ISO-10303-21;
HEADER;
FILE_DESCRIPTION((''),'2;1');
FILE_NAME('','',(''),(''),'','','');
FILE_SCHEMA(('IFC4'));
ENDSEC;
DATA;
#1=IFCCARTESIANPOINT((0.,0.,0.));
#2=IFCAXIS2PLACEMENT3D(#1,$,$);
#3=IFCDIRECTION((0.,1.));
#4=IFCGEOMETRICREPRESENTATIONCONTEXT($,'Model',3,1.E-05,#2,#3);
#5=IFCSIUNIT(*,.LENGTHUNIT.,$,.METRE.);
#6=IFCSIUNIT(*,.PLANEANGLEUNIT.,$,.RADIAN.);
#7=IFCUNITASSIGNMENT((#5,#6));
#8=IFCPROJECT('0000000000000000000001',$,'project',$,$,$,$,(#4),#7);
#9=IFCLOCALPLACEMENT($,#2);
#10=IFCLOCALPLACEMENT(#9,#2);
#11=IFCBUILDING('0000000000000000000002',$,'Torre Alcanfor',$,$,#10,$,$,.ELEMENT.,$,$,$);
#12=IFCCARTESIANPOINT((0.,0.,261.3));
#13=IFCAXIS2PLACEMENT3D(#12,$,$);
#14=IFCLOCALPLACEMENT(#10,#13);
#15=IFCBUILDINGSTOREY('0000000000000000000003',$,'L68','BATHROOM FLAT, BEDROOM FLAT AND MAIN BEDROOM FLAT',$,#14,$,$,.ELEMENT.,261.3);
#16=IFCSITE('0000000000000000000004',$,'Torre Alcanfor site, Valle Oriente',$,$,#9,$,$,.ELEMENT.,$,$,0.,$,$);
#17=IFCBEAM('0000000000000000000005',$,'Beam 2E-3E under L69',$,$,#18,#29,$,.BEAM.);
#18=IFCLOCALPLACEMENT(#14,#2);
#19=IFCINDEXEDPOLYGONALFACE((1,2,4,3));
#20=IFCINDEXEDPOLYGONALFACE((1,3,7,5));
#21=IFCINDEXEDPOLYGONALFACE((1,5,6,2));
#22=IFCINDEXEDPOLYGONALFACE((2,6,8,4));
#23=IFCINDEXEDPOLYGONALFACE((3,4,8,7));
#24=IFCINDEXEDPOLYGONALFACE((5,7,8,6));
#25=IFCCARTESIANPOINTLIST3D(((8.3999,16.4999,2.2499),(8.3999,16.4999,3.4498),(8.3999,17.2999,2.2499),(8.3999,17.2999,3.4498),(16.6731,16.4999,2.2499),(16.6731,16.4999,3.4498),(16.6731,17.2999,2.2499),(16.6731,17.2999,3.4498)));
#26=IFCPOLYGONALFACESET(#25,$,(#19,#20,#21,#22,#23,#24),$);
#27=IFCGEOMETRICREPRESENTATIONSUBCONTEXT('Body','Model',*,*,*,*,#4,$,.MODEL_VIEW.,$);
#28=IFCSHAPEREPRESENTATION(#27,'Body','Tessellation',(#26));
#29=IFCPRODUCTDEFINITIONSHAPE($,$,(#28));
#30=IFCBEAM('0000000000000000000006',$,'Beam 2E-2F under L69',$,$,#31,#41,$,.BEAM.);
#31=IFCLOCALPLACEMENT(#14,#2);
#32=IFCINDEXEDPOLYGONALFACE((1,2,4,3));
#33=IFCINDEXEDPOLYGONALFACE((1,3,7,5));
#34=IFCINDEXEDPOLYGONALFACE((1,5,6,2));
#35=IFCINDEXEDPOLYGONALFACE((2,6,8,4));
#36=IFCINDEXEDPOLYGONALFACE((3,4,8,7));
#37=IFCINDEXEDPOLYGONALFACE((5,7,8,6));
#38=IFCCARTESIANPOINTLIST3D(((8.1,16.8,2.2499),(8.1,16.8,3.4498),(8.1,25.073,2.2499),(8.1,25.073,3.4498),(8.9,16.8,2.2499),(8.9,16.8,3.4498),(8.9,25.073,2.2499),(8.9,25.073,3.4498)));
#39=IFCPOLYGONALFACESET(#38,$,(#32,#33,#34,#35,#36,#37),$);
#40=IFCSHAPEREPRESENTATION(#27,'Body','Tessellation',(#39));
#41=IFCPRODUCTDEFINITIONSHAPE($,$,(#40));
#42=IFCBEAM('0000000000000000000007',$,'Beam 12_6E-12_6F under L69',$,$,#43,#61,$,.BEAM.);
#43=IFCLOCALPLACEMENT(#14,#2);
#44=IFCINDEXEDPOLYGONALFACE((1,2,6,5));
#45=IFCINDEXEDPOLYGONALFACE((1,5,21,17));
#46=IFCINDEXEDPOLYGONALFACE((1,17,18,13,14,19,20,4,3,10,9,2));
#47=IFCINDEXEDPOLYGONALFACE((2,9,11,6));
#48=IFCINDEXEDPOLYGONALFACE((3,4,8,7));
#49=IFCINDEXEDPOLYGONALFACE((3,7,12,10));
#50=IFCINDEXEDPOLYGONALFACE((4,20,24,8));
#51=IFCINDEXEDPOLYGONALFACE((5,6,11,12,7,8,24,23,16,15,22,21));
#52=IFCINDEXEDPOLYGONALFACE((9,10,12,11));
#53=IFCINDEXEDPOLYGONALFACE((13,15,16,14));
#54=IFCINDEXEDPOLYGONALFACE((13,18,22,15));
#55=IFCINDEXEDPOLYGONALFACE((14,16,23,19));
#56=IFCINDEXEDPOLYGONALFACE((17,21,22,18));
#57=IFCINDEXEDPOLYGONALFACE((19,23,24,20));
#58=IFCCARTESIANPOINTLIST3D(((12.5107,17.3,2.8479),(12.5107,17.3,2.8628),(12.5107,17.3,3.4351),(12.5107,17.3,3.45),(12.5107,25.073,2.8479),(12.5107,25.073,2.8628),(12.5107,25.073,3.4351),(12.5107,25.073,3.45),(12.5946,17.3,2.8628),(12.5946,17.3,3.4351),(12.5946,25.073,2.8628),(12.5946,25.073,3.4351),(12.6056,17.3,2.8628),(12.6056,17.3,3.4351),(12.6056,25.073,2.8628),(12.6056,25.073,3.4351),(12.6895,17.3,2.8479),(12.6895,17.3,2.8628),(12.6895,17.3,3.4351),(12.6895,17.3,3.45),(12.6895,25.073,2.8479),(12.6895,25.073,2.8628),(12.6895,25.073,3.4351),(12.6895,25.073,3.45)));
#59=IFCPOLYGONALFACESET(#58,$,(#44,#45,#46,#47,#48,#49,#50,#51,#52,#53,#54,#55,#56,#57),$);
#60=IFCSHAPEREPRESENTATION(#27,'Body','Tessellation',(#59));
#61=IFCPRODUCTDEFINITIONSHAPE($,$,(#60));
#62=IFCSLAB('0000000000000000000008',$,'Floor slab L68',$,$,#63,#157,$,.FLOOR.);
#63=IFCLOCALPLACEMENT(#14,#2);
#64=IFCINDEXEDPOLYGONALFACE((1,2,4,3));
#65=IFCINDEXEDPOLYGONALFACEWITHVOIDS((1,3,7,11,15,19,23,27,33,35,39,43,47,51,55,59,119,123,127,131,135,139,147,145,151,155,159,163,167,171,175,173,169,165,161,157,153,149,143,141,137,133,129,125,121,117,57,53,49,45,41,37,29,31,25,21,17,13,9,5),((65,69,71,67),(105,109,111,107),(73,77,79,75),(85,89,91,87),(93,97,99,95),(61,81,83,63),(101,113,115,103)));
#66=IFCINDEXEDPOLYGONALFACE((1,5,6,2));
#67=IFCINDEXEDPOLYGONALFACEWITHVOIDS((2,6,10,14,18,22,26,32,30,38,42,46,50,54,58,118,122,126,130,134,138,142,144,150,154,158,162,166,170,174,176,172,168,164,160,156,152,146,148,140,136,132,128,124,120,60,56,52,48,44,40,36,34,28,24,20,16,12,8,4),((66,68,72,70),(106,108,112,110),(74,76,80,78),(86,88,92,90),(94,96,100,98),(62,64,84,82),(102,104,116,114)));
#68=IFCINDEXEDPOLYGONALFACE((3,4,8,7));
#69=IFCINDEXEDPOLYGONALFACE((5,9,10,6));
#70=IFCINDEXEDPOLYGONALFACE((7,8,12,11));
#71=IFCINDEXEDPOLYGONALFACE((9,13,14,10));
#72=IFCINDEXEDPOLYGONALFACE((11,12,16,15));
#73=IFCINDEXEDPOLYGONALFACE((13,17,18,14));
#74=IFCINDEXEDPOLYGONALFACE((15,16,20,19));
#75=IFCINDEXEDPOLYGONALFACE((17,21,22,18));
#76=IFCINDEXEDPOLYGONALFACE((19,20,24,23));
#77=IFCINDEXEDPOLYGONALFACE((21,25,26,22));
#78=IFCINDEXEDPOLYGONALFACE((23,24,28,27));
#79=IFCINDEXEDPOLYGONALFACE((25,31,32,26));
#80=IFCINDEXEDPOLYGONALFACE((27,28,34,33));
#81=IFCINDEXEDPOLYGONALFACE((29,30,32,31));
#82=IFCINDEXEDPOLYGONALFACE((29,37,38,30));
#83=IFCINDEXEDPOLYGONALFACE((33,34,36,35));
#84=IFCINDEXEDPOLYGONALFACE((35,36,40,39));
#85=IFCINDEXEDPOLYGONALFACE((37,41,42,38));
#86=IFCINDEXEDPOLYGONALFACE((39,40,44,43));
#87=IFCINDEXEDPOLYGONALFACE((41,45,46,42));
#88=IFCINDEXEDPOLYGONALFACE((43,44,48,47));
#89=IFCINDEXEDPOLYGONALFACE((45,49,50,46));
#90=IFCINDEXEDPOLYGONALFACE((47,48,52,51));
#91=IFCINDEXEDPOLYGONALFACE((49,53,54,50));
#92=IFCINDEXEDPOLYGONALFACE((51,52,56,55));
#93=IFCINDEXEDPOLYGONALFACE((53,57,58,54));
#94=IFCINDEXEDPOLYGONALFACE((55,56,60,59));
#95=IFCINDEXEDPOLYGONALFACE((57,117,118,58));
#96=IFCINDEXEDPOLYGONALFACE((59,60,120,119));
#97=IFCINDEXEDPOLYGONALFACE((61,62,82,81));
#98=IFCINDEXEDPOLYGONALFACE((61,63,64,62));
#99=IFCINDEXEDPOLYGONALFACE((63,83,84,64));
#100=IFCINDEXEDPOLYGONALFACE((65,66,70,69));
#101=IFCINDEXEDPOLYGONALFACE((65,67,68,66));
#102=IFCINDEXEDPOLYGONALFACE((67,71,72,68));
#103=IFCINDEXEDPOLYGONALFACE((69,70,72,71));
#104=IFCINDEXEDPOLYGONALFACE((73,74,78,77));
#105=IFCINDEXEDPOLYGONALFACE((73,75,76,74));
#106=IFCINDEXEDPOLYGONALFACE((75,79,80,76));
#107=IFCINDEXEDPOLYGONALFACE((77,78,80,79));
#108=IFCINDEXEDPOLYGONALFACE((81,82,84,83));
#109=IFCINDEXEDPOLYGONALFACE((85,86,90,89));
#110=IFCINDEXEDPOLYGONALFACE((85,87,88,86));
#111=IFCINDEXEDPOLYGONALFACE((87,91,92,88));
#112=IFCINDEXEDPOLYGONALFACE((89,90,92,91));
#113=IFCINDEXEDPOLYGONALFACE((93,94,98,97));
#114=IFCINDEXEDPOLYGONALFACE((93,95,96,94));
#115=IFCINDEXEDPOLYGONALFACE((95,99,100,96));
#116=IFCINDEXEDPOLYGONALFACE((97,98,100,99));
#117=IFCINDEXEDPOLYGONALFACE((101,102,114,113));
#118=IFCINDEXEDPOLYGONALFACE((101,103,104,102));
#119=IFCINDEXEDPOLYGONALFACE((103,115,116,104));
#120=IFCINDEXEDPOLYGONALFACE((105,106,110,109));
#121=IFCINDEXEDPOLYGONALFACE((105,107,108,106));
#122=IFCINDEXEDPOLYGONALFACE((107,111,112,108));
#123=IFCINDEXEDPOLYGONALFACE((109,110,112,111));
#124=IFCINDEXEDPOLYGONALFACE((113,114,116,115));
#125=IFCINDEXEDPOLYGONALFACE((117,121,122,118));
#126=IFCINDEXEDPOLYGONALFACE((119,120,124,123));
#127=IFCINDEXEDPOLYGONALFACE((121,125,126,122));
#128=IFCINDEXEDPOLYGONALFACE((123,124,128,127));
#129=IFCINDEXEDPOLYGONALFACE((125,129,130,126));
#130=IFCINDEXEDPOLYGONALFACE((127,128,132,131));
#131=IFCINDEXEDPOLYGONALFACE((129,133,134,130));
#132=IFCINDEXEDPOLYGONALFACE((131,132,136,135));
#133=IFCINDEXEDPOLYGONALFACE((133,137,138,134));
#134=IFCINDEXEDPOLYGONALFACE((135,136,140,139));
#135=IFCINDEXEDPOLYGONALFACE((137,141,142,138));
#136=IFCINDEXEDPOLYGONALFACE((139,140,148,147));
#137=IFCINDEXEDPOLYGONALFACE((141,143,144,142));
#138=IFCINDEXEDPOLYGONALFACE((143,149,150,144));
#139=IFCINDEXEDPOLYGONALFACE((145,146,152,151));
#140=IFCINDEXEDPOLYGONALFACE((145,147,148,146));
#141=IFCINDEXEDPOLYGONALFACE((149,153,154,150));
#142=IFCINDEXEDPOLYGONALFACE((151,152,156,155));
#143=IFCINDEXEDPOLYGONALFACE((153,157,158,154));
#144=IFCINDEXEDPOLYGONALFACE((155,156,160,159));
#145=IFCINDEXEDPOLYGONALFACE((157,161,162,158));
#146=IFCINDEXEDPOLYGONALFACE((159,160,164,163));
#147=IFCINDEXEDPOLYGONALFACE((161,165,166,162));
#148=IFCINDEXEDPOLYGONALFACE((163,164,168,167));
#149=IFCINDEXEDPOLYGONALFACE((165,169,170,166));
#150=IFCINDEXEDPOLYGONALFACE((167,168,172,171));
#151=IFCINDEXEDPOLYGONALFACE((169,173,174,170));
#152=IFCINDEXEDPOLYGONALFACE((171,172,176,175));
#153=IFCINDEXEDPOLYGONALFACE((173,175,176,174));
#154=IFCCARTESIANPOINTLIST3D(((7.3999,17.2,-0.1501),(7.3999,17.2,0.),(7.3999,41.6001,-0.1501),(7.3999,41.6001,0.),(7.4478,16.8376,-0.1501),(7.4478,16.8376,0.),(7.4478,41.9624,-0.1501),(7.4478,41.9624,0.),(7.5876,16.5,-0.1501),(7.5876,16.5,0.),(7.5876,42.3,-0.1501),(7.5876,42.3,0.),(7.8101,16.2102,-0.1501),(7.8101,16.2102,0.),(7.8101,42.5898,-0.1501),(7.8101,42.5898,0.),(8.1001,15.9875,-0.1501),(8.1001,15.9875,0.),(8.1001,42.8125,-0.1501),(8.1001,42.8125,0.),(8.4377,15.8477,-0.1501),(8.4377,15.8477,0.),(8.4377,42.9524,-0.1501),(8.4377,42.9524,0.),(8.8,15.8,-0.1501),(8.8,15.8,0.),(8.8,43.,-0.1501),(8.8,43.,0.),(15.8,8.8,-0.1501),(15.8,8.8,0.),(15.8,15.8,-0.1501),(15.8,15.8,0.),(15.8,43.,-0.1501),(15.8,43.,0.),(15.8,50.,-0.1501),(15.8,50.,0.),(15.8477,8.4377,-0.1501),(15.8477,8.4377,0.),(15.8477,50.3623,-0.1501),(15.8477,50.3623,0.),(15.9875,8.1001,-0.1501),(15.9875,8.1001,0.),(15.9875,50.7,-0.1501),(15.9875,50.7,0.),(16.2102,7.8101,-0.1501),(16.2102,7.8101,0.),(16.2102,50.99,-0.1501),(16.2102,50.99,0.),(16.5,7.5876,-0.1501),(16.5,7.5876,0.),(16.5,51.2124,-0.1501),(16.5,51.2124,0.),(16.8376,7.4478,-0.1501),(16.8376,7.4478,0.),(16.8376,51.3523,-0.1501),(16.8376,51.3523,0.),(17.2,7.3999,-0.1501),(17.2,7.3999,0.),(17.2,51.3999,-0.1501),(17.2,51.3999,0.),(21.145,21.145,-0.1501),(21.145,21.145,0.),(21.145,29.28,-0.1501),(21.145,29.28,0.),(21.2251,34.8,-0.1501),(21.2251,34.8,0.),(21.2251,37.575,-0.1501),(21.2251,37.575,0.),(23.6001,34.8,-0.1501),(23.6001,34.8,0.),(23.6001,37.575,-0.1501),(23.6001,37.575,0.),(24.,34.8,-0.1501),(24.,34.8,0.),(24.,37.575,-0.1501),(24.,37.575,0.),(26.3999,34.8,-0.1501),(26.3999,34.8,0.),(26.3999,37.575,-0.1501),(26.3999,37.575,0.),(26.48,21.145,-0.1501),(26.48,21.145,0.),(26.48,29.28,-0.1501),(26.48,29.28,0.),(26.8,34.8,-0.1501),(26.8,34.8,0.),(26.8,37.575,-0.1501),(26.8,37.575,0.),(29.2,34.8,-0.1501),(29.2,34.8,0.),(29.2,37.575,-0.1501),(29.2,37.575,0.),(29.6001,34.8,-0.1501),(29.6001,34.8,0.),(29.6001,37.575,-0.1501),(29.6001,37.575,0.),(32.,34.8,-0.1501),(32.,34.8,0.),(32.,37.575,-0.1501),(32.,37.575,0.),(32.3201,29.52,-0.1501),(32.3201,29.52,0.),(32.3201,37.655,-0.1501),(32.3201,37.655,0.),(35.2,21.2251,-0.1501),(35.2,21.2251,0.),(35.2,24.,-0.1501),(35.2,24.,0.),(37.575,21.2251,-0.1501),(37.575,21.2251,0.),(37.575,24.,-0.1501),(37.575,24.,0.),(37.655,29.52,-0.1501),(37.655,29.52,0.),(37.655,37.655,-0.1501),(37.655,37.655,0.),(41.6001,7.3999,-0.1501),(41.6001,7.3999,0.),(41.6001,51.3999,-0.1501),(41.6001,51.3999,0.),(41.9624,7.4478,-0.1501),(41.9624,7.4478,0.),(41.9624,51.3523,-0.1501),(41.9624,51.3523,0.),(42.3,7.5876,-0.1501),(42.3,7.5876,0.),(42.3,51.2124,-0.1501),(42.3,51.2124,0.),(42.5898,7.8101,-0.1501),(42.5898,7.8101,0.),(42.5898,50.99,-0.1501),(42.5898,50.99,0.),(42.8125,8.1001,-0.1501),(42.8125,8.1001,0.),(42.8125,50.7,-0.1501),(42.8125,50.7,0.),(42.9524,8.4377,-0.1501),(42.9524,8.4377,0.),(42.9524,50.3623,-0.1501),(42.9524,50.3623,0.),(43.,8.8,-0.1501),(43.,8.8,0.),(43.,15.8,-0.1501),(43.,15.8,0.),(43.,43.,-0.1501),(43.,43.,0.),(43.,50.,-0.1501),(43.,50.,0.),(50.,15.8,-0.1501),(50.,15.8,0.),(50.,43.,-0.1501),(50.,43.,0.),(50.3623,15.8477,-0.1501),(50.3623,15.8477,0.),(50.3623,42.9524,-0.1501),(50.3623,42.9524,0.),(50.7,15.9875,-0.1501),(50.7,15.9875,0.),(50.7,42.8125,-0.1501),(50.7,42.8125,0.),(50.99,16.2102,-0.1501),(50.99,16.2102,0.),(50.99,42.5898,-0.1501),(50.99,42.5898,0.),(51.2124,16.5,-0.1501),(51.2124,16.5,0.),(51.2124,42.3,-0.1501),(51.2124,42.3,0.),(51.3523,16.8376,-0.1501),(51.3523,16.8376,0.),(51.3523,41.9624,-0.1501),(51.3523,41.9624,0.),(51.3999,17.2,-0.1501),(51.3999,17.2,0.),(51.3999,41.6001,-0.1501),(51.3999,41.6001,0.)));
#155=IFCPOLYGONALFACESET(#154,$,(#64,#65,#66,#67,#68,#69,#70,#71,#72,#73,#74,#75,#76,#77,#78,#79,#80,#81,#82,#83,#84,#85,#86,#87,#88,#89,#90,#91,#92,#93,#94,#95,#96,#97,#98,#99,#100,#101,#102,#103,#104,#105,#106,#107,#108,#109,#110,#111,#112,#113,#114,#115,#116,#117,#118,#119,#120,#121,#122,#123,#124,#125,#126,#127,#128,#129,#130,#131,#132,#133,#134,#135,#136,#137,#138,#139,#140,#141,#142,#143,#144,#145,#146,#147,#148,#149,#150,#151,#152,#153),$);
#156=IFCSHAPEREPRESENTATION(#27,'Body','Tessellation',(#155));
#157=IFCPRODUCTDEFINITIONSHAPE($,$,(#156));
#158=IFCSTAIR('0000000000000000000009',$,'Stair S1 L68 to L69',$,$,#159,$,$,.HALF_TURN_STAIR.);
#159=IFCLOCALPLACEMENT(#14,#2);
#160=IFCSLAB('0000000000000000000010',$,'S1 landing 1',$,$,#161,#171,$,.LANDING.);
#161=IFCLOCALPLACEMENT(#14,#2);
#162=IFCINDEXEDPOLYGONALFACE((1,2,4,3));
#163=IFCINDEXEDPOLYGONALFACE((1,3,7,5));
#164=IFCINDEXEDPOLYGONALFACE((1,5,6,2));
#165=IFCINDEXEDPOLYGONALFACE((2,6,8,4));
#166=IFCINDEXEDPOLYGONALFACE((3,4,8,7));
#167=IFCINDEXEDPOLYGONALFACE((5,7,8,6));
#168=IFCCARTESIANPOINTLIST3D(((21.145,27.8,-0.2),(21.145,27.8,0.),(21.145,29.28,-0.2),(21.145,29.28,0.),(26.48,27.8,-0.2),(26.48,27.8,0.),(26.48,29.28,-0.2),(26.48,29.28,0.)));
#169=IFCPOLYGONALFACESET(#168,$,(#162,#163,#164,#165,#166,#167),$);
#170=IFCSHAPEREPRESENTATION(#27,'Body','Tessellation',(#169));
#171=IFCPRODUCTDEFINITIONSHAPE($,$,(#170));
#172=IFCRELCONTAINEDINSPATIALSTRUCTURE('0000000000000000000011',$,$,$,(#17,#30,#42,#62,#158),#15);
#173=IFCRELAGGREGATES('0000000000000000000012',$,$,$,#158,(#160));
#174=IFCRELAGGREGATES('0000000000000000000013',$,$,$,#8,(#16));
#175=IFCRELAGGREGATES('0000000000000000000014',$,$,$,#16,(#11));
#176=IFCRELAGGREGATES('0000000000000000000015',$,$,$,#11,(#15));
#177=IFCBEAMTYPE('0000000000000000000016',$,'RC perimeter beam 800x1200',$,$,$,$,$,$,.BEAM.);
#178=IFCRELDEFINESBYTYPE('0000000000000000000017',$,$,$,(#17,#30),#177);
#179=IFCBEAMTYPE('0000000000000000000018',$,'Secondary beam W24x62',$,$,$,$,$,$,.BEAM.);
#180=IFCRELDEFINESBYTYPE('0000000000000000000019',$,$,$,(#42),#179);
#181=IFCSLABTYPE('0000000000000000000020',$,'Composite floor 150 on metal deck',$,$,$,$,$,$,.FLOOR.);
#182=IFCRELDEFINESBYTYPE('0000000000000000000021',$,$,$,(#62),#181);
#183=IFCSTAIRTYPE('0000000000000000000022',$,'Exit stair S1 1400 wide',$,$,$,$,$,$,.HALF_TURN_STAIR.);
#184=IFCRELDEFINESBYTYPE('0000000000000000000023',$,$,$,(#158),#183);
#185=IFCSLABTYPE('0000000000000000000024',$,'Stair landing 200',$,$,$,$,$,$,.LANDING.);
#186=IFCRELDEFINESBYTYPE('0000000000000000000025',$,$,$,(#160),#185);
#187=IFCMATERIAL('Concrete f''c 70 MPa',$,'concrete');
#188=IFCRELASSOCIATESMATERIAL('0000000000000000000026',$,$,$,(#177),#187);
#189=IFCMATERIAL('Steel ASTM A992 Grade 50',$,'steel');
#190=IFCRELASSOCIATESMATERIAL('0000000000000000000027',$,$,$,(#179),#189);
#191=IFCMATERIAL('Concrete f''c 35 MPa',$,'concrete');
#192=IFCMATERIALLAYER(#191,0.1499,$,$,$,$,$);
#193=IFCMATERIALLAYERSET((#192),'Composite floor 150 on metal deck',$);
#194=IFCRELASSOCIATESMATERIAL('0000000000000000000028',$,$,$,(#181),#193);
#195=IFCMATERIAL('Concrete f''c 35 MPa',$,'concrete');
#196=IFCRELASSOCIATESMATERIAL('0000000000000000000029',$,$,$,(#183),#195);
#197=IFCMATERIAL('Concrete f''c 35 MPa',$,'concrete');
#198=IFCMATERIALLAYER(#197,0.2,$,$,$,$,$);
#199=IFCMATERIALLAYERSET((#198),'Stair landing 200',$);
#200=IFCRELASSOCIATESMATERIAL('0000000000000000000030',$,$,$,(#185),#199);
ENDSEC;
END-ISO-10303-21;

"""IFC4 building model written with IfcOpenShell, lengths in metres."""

from ifc_helpers import new_model, si_unit, direction, frame, origin, origin_2d, place, context, subcontext, project, spatial, polyline, rectangle, i_section, outline, extrude, material, layer, layer_set, material_profile, profile_set, type_object, element, aggregate, save


model = new_model("IFC4")

# Units and contexts
model_context = context("Model", 3, precision=1e-05, world=origin(), true_north=direction((0.0, 1.0)))
body_context = subcontext(model_context, "Body", "Model", "MODEL_VIEW")
ifc_project = project(units=[si_unit("LENGTHUNIT", "METRE"), si_unit("PLANEANGLEUNIT", "RADIAN")], contexts=[model_context])

# Site, building, storey
site_placement = place(None, origin())
site = spatial("IfcSite", under=ifc_project, at=site_placement, Name="Torre Alcanfor site, Valle Oriente", CompositionType="ELEMENT", RefElevation=0.0)
building_placement = place(site_placement, origin())
building = spatial("IfcBuilding", under=site, at=building_placement, Name="Torre Alcanfor", CompositionType="ELEMENT")
storey_placement = place(building_placement, frame((0.0, 0.0, 261.3)))
storey = spatial("IfcBuildingStorey", under=building, at=storey_placement, Name="L68", Description="BATHROOM FLAT, BEDROOM FLAT AND MAIN BEDROOM FLAT", CompositionType="ELEMENT", Elevation=261.3)

# Beams
ifc_material_1 = material(Name="Concrete f'c 70 MPa", Category="concrete")
ifc_material_profile_1 = material_profile(ifc_material_1, rectangle(XDim=0.8, YDim=1.2, at=origin_2d()), Name="800x1200")
ifc_profile_set_1 = profile_set([ifc_material_profile_1], Name="Concrete f'c 70 MPa")
beam_type_1 = type_object("IfcBeamType", Name="RC perimeter beam 800x1200", PredefinedType="BEAM", material=ifc_profile_set_1)
beam_1_placement = place(storey_placement, frame((8.3999, 16.8999, 2.8499), z_axis=(1.0, 0.0, 0.0), x_axis=(0.0, 1.0, 0.0)))
element("IfcBeam", 1, at=beam_1_placement, inside=storey, type_object=beam_type_1, Name="Beam 2E-3E under L69", PredefinedType="BEAM", context=body_context, shape_type="SweptSolid", body=[
    extrude(rectangle(XDim=0.8, YDim=1.2, at=origin_2d()), origin(), (0.0, 0.0, 1.0), 8.2732),
])
beam_2_placement = place(storey_placement, frame((8.5, 16.8, 2.8499), z_axis=(0.0, 1.0, 0.0), x_axis=(-1.0, 0.0, 0.0)))
element("IfcBeam", 2, at=beam_2_placement, inside=storey, type_object=beam_type_1, Name="Beam 2E-2F under L69", PredefinedType="BEAM", context=body_context, shape_type="SweptSolid", body=[
    extrude(rectangle(XDim=0.8, YDim=1.2, at=origin_2d()), origin(), (0.0, 0.0, 1.0), 8.2729),
])
ifc_material_2 = material(Name="Steel ASTM A992 Grade 50", Category="steel")
ifc_material_profile_2 = material_profile(ifc_material_2, i_section(OverallWidth=0.1787, OverallDepth=0.6021, WebThickness=0.011, FlangeThickness=0.0149, at=origin_2d()), Name="W24x62")
ifc_profile_set_2 = profile_set([ifc_material_profile_2], Name="Steel ASTM A992 Grade 50")
beam_type_2 = type_object("IfcBeamType", Name="Secondary beam W24x62", PredefinedType="BEAM", material=ifc_profile_set_2)
beam_3_placement = place(storey_placement, frame((12.6001, 17.3, 3.1489), z_axis=(0.0, 1.0, 0.0), x_axis=(-1.0, 0.0, 0.0)))
element("IfcBeam", 3, at=beam_3_placement, inside=storey, type_object=beam_type_2, Name="Beam 12_6E-12_6F under L69", PredefinedType="BEAM", context=body_context, shape_type="SweptSolid", body=[
    extrude(i_section(OverallWidth=0.1787, OverallDepth=0.6021, WebThickness=0.011, FlangeThickness=0.0149, at=origin_2d()), origin(), (0.0, 0.0, 1.0), 7.7729),
])

# Slab
ifc_material_3 = material(Name="Concrete f'c 35 MPa", Category="concrete")
ifc_layer_1 = layer(ifc_material_3, 0.1499)
ifc_layer_set_1 = layer_set([ifc_layer_1], Name="Composite floor 150 on metal deck")
slab_type_1 = type_object("IfcSlabType", Name="Composite floor 150 on metal deck", PredefinedType="FLOOR", material=ifc_layer_set_1)
slab_1_placement = place(storey_placement, frame((0.0, 0.0, -0.1501)))
element("IfcSlab", 4, at=slab_1_placement, inside=storey, type_object=slab_type_1, Name="Floor slab L68", PredefinedType="FLOOR", context=body_context, shape_type="SweptSolid", body=[
    extrude(outline(polyline([(15.8, 43.0), (8.8, 43.0), (8.4377, 42.9524), (8.1001, 42.8125), (7.8101, 42.5898), (7.5876, 42.3), (7.4478, 41.9624), (7.3999, 41.6001), (7.3999, 17.2), (7.4478, 16.8376), (7.5876, 16.5), (7.8101, 16.2102), (8.1001, 15.9875), (8.4377, 15.8477), (8.8, 15.8), (15.8, 15.8), (15.8, 8.8), (15.8477, 8.4377), (15.9875, 8.1001), (16.2102, 7.8101), (16.5, 7.5876), (16.8376, 7.4478), (17.2, 7.3999), (41.6001, 7.3999), (41.9624, 7.4478), (42.3, 7.5876), (42.5898, 7.8101), (42.8125, 8.1001), (42.9524, 8.4377), (43.0, 8.8), (43.0, 15.8), (50.0, 15.8), (50.3623, 15.8477), (50.7, 15.9875), (50.99, 16.2102), (51.2124, 16.5), (51.3523, 16.8376), (51.3999, 17.2), (51.3999, 41.6001), (51.3523, 41.9624), (51.2124, 42.3), (50.99, 42.5898), (50.7, 42.8125), (50.3623, 42.9524), (50.0, 43.0), (43.0, 43.0), (43.0, 50.0), (42.9524, 50.3623), (42.8125, 50.7), (42.5898, 50.99), (42.3, 51.2124), (41.9624, 51.3523), (41.6001, 51.3999), (17.2, 51.3999), (16.8376, 51.3523), (16.5, 51.2124), (16.2102, 50.99), (15.9875, 50.7), (15.8477, 50.3623), (15.8, 50.0), (15.8, 43.0)]), holes=[polyline([(21.145, 21.145), (26.48, 21.145), (26.48, 29.28), (21.145, 29.28), (21.145, 21.145)]), polyline([(32.3201, 29.52), (37.655, 29.52), (37.655, 37.655), (32.3201, 37.655), (32.3201, 29.52)]), polyline([(35.2, 21.2251), (37.575, 21.2251), (37.575, 24.0), (35.2, 24.0), (35.2, 21.2251)]), polyline([(21.2251, 34.8), (23.6001, 34.8), (23.6001, 37.575), (21.2251, 37.575), (21.2251, 34.8)]), polyline([(24.0, 34.8), (26.3999, 34.8), (26.3999, 37.575), (24.0, 37.575), (24.0, 34.8)]), polyline([(26.8, 34.8), (29.2, 34.8), (29.2, 37.575), (26.8, 37.575), (26.8, 34.8)]), polyline([(29.6001, 34.8), (32.0, 34.8), (32.0, 37.575), (29.6001, 37.575), (29.6001, 34.8)])]), origin(), (0.0, 0.0, 1.0), 0.1501),
])

# Stair, slab
ifc_material_4 = material(Name="Concrete f'c 35 MPa", Category="concrete")
stair_type_1 = type_object("IfcStairType", Name="Exit stair S1 1400 wide", PredefinedType="HALF_TURN_STAIR", material=ifc_material_4)
stair_1_placement = place(storey_placement, origin())
stair_1 = element("IfcStair", 5, at=stair_1_placement, inside=storey, type_object=stair_type_1, Name="Stair S1 L68 to L69", PredefinedType="HALF_TURN_STAIR")
ifc_material_5 = material(Name="Concrete f'c 35 MPa", Category="concrete")
ifc_layer_2 = layer(ifc_material_5, 0.2)
ifc_layer_set_2 = layer_set([ifc_layer_2], Name="Stair landing 200")
slab_type_2 = type_object("IfcSlabType", Name="Stair landing 200", PredefinedType="LANDING", material=ifc_layer_set_2)
slab_2_placement = place(storey_placement, frame((0.0, 0.0, -0.2)))
slab_2 = element("IfcSlab", 6, at=slab_2_placement, type_object=slab_type_2, Name="S1 landing 1", PredefinedType="LANDING", context=body_context, shape_type="SweptSolid", body=[
    extrude(outline(polyline([(21.145, 27.8), (26.48, 27.8), (26.48, 29.28), (21.145, 29.28), (21.145, 27.8)])), origin(), (0.0, 0.0, 1.0), 0.2),
])
aggregate(stair_1, [slab_2])

save(model, "model.ifc")
